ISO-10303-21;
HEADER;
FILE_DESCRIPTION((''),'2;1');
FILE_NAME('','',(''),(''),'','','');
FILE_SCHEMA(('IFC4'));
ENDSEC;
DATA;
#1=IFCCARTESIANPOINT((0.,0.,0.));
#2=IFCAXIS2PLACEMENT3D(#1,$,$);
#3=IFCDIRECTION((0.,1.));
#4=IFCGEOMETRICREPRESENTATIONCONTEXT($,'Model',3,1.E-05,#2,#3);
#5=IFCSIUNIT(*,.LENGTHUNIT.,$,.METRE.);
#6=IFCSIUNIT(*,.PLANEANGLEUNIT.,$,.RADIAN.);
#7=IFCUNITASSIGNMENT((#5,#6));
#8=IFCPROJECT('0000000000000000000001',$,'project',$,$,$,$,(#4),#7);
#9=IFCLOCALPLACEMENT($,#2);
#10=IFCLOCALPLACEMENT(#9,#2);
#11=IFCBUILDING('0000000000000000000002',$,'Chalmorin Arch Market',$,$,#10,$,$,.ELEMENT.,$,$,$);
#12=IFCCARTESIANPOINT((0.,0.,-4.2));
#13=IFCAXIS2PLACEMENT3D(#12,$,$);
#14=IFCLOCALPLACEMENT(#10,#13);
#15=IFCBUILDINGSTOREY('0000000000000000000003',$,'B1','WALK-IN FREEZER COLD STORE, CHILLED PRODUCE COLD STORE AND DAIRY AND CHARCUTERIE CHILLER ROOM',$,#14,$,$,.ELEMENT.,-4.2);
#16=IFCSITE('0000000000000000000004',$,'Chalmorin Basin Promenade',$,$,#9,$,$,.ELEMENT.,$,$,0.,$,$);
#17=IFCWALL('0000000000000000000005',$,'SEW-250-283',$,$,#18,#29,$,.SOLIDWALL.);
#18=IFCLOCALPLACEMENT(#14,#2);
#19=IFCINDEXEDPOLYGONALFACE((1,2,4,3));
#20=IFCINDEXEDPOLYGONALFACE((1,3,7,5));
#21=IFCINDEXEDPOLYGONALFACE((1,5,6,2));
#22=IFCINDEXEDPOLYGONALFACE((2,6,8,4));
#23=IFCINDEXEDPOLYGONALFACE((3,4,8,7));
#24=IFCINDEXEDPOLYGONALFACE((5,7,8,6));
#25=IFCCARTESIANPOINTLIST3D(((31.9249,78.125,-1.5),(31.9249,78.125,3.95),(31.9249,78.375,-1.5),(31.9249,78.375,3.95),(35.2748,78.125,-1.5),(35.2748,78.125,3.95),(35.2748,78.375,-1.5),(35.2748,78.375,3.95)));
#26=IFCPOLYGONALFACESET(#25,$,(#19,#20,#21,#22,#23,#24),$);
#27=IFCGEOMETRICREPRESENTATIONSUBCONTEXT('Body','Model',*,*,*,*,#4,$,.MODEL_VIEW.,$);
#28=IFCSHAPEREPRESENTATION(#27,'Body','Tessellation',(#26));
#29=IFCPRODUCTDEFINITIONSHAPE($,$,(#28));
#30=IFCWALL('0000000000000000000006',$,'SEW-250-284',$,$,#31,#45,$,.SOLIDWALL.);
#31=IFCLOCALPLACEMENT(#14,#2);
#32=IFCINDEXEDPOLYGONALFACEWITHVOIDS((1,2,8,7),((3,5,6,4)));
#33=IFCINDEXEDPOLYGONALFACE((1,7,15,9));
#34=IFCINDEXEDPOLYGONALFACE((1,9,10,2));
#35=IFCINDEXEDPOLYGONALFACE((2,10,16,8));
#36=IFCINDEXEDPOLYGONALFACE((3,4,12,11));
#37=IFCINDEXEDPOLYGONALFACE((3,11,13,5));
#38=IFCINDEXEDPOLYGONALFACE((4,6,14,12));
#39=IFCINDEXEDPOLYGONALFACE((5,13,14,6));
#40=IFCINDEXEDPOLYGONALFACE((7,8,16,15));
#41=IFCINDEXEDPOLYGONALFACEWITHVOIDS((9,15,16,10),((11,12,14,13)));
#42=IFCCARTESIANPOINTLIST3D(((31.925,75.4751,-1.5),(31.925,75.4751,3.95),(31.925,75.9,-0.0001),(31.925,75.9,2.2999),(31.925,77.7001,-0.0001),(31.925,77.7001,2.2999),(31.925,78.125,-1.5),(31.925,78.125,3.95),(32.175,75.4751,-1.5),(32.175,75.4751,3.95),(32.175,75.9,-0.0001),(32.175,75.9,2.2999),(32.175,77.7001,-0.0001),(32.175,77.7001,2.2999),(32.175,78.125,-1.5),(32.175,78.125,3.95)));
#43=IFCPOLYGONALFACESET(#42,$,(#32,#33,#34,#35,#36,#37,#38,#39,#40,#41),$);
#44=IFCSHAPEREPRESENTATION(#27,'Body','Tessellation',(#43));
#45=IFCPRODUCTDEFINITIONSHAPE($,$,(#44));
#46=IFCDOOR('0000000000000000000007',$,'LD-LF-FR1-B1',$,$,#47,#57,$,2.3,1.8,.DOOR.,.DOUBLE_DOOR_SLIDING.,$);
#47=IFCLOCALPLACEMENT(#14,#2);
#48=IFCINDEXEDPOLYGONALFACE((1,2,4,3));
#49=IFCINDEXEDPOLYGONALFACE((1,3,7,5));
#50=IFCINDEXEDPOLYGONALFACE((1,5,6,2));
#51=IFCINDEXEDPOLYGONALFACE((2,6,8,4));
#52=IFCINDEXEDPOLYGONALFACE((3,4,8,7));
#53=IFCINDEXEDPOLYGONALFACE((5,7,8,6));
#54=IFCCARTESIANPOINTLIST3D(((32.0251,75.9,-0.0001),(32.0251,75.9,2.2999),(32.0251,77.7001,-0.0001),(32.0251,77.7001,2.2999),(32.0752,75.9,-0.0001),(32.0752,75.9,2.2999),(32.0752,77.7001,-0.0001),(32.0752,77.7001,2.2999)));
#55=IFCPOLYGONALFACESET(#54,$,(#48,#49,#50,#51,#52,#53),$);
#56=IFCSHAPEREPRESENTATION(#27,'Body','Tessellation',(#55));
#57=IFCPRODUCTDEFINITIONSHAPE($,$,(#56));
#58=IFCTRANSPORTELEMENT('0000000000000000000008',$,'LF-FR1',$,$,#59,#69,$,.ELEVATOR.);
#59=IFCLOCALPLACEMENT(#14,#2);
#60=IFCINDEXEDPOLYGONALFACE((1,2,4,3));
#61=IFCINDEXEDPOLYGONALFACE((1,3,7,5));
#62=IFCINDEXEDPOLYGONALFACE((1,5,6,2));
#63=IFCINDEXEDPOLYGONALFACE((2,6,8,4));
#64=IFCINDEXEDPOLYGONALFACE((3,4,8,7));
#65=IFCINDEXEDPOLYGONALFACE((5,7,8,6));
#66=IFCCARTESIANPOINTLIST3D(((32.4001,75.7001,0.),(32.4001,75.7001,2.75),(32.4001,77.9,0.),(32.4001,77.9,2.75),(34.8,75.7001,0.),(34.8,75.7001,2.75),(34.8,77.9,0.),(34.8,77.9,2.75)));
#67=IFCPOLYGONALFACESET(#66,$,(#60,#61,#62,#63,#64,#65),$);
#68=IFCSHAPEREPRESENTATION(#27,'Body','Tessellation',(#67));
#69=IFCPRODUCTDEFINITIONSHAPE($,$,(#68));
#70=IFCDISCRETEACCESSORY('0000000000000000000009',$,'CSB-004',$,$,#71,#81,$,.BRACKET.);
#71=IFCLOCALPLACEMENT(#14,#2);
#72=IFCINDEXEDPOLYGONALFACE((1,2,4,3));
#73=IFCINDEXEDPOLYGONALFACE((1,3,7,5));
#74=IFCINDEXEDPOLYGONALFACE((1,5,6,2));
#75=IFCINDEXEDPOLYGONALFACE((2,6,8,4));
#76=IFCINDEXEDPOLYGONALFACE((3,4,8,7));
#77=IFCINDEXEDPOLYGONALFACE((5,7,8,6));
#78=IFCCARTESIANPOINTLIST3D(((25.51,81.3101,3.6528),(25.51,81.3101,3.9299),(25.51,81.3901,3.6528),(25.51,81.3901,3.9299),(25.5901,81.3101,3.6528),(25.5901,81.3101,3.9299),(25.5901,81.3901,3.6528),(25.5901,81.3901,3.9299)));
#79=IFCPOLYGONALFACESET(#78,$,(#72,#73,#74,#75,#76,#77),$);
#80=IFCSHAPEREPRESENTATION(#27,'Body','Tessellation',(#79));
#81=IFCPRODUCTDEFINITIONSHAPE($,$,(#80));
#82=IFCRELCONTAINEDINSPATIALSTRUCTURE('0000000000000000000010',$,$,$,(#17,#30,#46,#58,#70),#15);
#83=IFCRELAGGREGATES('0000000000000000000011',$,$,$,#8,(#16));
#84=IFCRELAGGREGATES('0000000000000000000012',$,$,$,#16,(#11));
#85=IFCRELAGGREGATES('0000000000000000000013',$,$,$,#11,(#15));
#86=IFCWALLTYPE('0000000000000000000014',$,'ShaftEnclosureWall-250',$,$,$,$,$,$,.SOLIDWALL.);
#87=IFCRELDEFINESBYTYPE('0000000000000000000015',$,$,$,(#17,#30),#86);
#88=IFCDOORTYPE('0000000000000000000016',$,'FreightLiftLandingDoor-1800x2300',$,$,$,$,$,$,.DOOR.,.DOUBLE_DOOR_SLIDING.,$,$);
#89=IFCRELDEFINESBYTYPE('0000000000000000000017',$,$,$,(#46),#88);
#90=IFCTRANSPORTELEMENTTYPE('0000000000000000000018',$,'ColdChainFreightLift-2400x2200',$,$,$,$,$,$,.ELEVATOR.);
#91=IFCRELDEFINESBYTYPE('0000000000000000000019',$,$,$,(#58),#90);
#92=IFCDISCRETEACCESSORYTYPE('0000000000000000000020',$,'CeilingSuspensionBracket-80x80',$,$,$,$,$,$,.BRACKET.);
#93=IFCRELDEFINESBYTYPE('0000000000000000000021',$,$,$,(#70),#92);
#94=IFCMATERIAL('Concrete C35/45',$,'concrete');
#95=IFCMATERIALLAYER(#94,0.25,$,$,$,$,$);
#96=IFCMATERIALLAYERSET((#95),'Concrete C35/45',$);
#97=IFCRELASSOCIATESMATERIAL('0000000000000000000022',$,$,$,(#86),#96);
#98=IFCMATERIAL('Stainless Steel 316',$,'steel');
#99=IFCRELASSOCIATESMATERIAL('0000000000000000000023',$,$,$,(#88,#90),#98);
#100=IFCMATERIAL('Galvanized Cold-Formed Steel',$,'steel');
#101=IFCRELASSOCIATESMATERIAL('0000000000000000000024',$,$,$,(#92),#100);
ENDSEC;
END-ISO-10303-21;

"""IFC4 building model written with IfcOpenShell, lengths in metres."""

from ifc_helpers import new_model, si_unit, direction, frame, frame_2d, origin, origin_2d, place, context, subcontext, project, spatial, rectangle, extrude, material, layer, layer_set, type_object, element, fill, save


model = new_model("IFC4")

# Units and contexts
model_context = context("Model", 3, precision=1e-05, world=origin(), true_north=direction((0.0, 1.0)))
body_context = subcontext(model_context, "Body", "Model", "MODEL_VIEW")
ifc_project = project(units=[si_unit("LENGTHUNIT", "METRE"), si_unit("PLANEANGLEUNIT", "RADIAN")], contexts=[model_context])

# Site, building, storey
site_placement = place(None, origin())
site = spatial("IfcSite", under=ifc_project, at=site_placement, Name="Chalmorin Basin Promenade", CompositionType="ELEMENT", RefElevation=0.0)
building_placement = place(site_placement, origin())
building = spatial("IfcBuilding", under=site, at=building_placement, Name="Chalmorin Arch Market", CompositionType="ELEMENT")
storey_placement = place(building_placement, frame((0.0, 0.0, -4.2)))
storey = spatial("IfcBuildingStorey", under=building, at=storey_placement, Name="B1", Description="WALK-IN FREEZER COLD STORE, CHILLED PRODUCE COLD STORE AND DAIRY AND CHARCUTERIE CHILLER ROOM", CompositionType="ELEMENT", Elevation=-4.2)

# Wall
ifc_material_1 = material(Name="Concrete C35/45", Category="concrete")
ifc_layer_1 = layer(ifc_material_1, 0.25)
ifc_layer_set_1 = layer_set([ifc_layer_1], Name="Concrete C35/45")
wall_type_1 = type_object("IfcWallType", Name="ShaftEnclosureWall-250", PredefinedType="SOLIDWALL", material=ifc_layer_set_1)
wall_1_placement = place(storey_placement, frame((31.925, 78.25, -1.5), z_axis=(0.0, 0.0, 1.0), x_axis=(1.0, 0.0, 0.0)))
element("IfcWall", 1, at=wall_1_placement, inside=storey, type_object=wall_type_1, Name="SEW-250-283", PredefinedType="SOLIDWALL", context=body_context, shape_type="SweptSolid", body=[
    extrude(rectangle(XDim=3.3499, YDim=0.25, at=frame_2d((1.6748, 0.0))), origin(), (0.0, 0.0, 1.0), 5.45),
])

# Wall, opening, door
wall_2_placement = place(storey_placement, frame((32.05, 75.4751, -1.5), z_axis=(0.0, 0.0, 1.0), x_axis=(0.0, 1.0, 0.0)))
wall_2 = element("IfcWall", 2, at=wall_2_placement, inside=storey, type_object=wall_type_1, Name="SEW-250-284", PredefinedType="SOLIDWALL", context=body_context, shape_type="SweptSolid", body=[
    extrude(rectangle(XDim=2.6499, YDim=0.25, at=frame_2d((1.325, 0.0))), origin(), (0.0, 0.0, 1.0), 5.45),
])
opening_placement = place(wall_2_placement, frame((0.425, 0.0, 1.5)))
opening = element("IfcOpeningElement", 3, at=opening_placement, cuts=wall_2, PredefinedType="OPENING", context=body_context, shape_type="SweptSolid", body=[
    extrude(rectangle(XDim=1.8, YDim=2.3, at=frame_2d((0.8999, 1.1499))), frame((0.0, 0.135, 0.0), z_axis=(0.0, -1.0, 0.0), x_axis=(1.0, 0.0, 0.0)), (0.0, 0.0, 1.0), 0.27),
])
ifc_material_2 = material(Name="Stainless Steel 316", Category="steel")
door_type = type_object("IfcDoorType", Name="FreightLiftLandingDoor-1800x2300", OperationType="DOUBLE_DOOR_SLIDING", PredefinedType="DOOR", material=ifc_material_2)
door_placement = place(opening_placement, origin())
door = element("IfcDoor", 4, at=door_placement, inside=storey, type_object=door_type, Name="LD-LF-FR1-B1", OperationType="DOUBLE_DOOR_SLIDING", OverallHeight=2.3, OverallWidth=1.8, PredefinedType="DOOR", context=body_context, shape_type="SweptSolid", body=[
    extrude(rectangle(XDim=1.8, YDim=2.3, at=frame_2d((0.8999, 1.1499))), frame((0.0, 0.0249, 0.0), z_axis=(0.0, -1.0, 0.0), x_axis=(1.0, 0.0, 0.0)), (0.0, 0.0, 1.0), 0.05),
])
fill(opening, door)

# Transport element
transport_element_type = type_object("IfcTransportElementType", Name="ColdChainFreightLift-2400x2200", PredefinedType="ELEVATOR", material=ifc_material_2)
transport_element_placement = place(storey_placement, frame((33.6001, 76.8, 0.0), z_axis=(0.0, 0.0, 1.0), x_axis=(1.0, 0.0, 0.0)))
element("IfcTransportElement", 5, at=transport_element_placement, inside=storey, type_object=transport_element_type, Name="LF-FR1", PredefinedType="ELEVATOR", context=body_context, shape_type="SweptSolid", body=[
    extrude(rectangle(XDim=2.3999, YDim=2.2, at=origin_2d()), origin(), (0.0, 0.0, 1.0), 2.75),
])

# Discrete accessory
ifc_material_3 = material(Name="Galvanized Cold-Formed Steel", Category="steel")
discrete_accessory_type = type_object("IfcDiscreteAccessoryType", Name="CeilingSuspensionBracket-80x80", PredefinedType="BRACKET", material=ifc_material_3)
discrete_accessory_placement = place(storey_placement, frame((25.55, 81.3501, 3.6528), z_axis=(0.0, 0.0, 1.0), x_axis=(1.0, 0.0, 0.0)))
element("IfcDiscreteAccessory", 6, at=discrete_accessory_placement, inside=storey, type_object=discrete_accessory_type, Name="CSB-004", PredefinedType="BRACKET", context=body_context, shape_type="SweptSolid", body=[
    extrude(rectangle(XDim=0.0801, YDim=0.0801, at=origin_2d()), origin(), (0.0, 0.0, 1.0), 0.2771),
])

save(model, "model.ifc")
